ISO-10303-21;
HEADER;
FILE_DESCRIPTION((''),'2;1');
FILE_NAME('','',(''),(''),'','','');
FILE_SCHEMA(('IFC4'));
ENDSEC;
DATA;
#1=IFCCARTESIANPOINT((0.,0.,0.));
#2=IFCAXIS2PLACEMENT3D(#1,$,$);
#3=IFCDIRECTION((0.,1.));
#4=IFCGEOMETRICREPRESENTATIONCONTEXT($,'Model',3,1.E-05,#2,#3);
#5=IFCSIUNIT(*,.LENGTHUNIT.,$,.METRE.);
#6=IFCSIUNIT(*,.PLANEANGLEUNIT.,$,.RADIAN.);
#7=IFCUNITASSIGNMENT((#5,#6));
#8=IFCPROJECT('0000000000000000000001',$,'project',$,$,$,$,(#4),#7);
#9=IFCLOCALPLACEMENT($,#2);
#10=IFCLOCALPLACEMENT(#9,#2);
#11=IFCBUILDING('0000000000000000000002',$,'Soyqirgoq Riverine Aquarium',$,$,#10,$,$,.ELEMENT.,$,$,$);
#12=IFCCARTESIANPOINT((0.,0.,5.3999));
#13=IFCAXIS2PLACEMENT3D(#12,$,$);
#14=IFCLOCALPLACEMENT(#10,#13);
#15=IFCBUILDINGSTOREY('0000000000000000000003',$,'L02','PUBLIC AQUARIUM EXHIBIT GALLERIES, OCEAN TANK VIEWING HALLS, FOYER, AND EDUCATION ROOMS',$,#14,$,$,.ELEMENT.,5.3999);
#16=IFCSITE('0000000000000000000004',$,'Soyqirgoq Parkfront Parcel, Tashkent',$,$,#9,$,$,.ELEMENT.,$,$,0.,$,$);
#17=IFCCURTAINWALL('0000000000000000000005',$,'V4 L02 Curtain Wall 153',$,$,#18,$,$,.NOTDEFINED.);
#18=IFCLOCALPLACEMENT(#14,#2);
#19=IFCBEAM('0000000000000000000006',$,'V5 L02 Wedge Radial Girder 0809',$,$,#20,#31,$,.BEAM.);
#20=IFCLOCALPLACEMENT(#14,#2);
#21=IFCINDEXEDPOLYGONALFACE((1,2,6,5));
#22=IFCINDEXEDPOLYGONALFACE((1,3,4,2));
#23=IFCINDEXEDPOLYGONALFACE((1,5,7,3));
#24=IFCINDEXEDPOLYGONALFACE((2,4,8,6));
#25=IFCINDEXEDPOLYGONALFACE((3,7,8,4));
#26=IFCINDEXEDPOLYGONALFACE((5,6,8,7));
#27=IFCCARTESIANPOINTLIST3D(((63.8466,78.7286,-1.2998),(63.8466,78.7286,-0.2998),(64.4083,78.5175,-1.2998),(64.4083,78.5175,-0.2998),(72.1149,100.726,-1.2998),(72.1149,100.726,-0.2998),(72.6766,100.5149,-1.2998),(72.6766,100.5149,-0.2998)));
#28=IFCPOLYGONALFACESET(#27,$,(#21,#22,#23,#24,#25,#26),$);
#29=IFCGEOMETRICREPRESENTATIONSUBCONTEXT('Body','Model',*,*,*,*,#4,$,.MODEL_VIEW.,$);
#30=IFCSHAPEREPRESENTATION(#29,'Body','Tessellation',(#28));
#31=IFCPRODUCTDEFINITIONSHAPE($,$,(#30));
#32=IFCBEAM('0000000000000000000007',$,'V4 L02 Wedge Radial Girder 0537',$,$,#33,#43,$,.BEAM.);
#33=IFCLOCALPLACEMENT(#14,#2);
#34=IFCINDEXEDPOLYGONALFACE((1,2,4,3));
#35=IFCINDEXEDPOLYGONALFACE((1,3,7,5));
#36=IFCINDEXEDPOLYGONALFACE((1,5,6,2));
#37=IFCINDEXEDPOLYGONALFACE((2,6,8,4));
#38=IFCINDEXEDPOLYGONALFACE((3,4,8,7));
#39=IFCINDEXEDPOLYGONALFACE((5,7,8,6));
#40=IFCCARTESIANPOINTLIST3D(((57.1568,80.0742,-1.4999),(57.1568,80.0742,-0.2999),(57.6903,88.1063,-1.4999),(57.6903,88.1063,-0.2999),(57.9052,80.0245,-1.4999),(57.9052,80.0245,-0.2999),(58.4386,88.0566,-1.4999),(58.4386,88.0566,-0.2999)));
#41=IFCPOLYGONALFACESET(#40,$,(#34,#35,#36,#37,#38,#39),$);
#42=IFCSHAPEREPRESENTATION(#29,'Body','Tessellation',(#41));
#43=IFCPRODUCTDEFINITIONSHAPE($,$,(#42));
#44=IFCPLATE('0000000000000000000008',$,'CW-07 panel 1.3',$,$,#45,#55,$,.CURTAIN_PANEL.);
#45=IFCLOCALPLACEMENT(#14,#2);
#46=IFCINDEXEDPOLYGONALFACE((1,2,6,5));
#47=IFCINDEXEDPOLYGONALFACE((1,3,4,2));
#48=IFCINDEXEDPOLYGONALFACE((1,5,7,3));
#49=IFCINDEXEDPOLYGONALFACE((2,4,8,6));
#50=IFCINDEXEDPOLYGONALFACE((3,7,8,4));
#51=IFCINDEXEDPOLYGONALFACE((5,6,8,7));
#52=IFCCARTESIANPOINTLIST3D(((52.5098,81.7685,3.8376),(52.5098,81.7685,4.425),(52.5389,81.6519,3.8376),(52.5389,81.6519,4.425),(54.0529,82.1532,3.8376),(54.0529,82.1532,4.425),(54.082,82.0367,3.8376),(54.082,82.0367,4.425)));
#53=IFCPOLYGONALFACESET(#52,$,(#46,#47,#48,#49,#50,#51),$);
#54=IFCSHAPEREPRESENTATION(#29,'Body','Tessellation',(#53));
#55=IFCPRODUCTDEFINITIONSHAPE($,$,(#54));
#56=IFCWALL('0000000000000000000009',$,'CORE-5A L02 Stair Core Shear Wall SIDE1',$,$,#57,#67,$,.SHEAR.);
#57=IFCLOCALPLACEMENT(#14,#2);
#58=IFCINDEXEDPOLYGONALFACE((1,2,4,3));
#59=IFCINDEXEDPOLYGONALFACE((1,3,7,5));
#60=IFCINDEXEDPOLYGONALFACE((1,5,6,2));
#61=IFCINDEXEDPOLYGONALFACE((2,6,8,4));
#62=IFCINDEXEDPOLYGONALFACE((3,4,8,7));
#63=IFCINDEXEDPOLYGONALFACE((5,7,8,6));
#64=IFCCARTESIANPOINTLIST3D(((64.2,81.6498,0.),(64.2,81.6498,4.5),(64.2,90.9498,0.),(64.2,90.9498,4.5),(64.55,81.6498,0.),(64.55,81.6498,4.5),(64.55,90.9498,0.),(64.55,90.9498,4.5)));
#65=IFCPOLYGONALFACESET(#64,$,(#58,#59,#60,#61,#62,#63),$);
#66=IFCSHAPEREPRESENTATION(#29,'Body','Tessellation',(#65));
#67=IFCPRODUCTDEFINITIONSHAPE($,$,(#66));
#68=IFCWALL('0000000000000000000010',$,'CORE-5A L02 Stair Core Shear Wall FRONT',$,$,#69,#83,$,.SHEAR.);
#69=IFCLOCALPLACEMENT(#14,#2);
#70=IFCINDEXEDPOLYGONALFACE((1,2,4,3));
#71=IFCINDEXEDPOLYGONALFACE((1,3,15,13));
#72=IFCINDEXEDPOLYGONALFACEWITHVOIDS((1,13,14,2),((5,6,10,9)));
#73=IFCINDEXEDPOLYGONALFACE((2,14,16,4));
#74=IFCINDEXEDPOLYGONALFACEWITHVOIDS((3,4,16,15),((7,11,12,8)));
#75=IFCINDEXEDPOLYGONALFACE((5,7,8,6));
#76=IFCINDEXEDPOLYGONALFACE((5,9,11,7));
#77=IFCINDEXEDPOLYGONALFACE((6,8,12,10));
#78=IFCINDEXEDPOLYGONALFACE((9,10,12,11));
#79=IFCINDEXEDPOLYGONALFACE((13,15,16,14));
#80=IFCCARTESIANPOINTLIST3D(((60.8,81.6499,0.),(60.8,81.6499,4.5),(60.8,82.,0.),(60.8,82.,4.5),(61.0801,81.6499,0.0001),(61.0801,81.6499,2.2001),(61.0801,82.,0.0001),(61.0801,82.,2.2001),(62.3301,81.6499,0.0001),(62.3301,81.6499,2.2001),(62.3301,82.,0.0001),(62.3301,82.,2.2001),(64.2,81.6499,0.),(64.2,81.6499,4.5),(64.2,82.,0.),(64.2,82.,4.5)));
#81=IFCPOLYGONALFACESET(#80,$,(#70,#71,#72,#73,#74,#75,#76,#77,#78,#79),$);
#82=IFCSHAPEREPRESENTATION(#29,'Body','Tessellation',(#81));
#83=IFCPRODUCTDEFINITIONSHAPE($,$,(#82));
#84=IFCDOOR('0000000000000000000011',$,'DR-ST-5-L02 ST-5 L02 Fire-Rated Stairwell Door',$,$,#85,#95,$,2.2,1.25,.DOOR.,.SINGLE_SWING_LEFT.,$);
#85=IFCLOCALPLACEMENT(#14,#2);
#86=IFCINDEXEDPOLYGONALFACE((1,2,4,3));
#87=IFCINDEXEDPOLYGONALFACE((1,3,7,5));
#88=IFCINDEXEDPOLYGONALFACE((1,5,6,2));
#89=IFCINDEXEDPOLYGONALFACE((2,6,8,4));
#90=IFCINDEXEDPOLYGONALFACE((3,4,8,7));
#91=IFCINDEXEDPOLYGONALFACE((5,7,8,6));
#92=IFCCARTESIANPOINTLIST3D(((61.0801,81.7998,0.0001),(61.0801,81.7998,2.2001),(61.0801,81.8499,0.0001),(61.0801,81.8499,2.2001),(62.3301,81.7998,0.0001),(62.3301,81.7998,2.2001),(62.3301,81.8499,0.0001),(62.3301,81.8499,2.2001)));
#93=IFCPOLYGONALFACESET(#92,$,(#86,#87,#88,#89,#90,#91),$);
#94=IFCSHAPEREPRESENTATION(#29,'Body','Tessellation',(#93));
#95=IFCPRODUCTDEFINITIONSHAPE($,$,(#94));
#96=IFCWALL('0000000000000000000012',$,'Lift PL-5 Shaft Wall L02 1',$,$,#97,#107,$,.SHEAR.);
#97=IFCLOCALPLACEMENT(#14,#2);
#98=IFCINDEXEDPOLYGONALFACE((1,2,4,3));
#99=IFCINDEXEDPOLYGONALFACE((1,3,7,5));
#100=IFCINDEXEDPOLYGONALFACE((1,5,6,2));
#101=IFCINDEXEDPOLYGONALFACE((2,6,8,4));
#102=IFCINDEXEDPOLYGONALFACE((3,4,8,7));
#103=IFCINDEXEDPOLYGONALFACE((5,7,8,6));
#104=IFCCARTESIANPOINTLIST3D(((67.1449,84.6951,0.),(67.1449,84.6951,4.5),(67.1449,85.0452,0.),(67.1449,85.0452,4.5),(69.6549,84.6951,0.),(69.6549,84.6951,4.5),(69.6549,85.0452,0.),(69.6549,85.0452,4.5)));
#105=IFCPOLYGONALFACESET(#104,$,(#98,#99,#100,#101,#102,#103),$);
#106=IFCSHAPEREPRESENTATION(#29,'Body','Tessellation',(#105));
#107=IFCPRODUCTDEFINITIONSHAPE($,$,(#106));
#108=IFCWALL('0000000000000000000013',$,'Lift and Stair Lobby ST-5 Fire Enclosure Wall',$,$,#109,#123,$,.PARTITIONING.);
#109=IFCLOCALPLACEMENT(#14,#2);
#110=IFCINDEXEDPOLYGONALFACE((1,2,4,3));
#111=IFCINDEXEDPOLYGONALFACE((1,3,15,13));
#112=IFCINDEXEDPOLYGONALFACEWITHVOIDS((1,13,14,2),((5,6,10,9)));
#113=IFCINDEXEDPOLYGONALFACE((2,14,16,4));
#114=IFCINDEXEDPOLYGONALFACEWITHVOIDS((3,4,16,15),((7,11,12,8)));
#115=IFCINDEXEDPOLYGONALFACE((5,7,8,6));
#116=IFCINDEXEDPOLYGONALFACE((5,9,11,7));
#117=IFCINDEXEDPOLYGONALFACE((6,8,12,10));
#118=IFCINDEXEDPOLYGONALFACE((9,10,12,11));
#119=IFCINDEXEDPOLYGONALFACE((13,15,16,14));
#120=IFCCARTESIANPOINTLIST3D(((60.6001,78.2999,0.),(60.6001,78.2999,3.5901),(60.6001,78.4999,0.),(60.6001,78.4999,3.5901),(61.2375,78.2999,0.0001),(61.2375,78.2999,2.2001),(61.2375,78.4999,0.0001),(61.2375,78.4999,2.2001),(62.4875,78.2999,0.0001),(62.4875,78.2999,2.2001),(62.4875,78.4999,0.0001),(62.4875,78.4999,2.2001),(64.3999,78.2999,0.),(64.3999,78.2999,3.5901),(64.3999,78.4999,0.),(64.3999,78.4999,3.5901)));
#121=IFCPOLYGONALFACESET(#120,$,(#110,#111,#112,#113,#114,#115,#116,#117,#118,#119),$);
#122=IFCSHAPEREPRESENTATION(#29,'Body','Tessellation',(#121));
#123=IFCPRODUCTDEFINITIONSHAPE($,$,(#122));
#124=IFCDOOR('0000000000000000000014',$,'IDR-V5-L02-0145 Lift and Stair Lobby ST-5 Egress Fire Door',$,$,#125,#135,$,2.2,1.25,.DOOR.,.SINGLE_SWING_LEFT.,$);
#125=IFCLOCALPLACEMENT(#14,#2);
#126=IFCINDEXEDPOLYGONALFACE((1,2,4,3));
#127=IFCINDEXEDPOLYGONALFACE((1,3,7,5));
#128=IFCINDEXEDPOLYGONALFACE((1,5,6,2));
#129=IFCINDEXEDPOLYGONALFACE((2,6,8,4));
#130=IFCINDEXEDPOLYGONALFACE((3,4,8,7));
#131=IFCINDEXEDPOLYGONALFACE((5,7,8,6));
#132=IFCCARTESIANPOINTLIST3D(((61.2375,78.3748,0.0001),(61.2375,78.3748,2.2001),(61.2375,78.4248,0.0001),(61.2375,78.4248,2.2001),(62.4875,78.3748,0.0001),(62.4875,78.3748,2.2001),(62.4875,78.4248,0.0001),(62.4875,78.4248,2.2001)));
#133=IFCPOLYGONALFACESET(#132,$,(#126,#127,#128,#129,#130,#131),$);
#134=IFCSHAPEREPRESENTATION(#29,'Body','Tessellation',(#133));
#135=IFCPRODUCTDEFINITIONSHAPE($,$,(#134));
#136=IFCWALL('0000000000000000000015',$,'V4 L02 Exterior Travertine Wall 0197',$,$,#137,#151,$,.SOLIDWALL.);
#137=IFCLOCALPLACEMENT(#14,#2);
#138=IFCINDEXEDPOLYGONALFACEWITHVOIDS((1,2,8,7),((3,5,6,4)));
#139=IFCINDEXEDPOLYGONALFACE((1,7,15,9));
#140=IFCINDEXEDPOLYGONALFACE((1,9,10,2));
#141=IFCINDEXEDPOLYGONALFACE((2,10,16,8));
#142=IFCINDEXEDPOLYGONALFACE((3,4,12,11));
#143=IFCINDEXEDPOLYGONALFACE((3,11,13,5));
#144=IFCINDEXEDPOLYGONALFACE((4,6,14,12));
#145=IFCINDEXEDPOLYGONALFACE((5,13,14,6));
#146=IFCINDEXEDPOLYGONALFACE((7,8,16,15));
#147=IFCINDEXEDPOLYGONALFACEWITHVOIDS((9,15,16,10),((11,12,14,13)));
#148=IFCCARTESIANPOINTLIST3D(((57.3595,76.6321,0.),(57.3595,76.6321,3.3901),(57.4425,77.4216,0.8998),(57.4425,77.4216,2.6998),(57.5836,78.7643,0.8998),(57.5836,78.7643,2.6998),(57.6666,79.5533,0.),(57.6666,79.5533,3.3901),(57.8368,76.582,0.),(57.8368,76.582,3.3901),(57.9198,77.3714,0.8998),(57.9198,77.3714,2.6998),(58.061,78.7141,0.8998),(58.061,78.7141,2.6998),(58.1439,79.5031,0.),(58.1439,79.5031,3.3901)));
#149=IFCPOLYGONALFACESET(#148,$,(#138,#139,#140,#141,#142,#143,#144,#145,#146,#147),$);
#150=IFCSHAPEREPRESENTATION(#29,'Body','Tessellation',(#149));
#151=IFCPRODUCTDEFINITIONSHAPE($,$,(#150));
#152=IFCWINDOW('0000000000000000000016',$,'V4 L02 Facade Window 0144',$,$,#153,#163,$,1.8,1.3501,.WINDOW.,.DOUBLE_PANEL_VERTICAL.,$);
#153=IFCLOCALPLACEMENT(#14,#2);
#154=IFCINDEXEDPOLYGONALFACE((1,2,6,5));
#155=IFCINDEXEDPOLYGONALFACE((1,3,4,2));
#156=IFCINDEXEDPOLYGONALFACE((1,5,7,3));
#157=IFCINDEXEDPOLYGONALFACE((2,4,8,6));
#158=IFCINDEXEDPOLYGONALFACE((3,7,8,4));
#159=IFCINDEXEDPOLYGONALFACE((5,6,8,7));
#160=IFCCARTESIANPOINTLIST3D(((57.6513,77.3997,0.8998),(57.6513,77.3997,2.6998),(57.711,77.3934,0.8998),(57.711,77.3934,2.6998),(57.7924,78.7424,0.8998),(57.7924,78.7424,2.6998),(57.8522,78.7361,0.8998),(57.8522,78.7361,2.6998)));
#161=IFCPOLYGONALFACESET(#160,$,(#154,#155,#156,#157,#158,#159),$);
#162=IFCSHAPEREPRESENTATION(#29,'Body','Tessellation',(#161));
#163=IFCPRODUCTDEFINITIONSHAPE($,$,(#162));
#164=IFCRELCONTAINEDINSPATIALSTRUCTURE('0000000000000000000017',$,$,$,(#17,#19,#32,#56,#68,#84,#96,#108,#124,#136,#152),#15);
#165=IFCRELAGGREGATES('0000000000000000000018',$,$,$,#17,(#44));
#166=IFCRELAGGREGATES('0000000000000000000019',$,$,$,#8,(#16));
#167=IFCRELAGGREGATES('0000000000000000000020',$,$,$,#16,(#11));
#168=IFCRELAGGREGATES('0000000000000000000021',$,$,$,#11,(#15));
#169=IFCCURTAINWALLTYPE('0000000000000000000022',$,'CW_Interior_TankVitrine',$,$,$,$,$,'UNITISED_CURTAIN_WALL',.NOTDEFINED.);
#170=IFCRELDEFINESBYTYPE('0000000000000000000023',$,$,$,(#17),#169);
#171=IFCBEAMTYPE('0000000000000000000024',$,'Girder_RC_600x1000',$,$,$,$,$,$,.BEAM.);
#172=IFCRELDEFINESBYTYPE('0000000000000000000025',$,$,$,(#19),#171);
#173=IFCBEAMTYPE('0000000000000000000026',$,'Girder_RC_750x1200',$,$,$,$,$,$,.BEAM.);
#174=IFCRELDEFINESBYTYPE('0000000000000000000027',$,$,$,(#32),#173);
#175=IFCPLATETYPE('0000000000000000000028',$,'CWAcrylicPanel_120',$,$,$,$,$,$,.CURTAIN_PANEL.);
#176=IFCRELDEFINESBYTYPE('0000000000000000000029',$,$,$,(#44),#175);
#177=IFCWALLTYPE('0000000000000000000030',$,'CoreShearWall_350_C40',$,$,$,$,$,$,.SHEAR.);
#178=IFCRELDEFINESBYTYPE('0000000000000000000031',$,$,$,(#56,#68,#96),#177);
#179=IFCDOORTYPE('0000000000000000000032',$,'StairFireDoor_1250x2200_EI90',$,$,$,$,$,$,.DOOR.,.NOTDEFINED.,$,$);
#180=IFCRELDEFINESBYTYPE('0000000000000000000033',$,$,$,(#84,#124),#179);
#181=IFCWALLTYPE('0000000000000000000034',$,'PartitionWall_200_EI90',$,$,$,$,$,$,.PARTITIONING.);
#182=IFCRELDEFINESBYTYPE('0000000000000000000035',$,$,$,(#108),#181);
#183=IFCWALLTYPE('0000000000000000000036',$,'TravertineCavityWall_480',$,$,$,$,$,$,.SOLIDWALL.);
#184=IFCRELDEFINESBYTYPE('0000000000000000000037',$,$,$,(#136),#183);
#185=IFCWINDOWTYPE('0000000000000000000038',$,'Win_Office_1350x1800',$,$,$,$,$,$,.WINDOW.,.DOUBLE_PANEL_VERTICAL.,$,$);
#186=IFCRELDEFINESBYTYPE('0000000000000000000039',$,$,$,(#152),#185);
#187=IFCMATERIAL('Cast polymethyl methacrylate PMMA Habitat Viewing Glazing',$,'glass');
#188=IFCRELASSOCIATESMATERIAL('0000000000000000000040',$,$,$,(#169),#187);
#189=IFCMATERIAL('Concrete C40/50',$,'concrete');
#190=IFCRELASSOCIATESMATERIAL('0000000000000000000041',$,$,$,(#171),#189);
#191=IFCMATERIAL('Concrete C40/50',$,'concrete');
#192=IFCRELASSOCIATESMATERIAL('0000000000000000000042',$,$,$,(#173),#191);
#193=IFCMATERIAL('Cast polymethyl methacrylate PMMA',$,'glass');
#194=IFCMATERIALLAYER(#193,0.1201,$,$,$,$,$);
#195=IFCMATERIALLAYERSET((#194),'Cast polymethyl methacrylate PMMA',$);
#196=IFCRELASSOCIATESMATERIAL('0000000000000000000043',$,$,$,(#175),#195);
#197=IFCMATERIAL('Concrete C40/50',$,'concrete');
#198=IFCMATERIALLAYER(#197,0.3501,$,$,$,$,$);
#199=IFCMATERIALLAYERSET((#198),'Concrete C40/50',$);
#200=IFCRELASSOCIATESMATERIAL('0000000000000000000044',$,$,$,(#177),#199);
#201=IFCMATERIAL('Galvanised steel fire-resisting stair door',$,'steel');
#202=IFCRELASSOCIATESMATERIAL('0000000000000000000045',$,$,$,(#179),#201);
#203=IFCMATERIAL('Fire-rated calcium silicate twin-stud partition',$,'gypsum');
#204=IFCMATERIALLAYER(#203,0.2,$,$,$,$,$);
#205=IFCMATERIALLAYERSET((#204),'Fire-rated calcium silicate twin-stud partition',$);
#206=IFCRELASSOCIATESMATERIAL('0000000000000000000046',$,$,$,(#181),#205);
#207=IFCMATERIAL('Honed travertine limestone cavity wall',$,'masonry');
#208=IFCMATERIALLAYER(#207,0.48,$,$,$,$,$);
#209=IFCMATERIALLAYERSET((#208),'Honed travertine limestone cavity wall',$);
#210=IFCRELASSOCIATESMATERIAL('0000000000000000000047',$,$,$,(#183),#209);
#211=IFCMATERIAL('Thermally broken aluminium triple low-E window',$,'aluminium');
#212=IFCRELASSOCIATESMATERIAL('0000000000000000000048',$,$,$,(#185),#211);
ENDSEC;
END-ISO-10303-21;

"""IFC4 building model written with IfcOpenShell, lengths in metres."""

from ifc_helpers import new_model, si_unit, direction, frame, frame_2d, origin, origin_2d, place, context, subcontext, project, spatial, rectangle, extrude, material, layer, layer_set, material_profile, profile_set, type_object, element, fill, aggregate, save


model = new_model("IFC4")

# Units and contexts
model_context = context("Model", 3, precision=1e-05, world=origin(), true_north=direction((0.0, 1.0)))
body_context = subcontext(model_context, "Body", "Model", "MODEL_VIEW")
ifc_project = project(units=[si_unit("LENGTHUNIT", "METRE"), si_unit("PLANEANGLEUNIT", "RADIAN")], contexts=[model_context])

# Site, building, storey
site_placement = place(None, origin())
site = spatial("IfcSite", under=ifc_project, at=site_placement, Name="Soyqirgoq Parkfront Parcel, Tashkent", CompositionType="ELEMENT", RefElevation=0.0)
building_placement = place(site_placement, origin())
building = spatial("IfcBuilding", under=site, at=building_placement, Name="Soyqirgoq Riverine Aquarium", CompositionType="ELEMENT")
storey_placement = place(building_placement, frame((0.0, 0.0, 5.3999)))
storey = spatial("IfcBuildingStorey", under=building, at=storey_placement, Name="L02", Description="PUBLIC AQUARIUM EXHIBIT GALLERIES, OCEAN TANK VIEWING HALLS, FOYER, AND EDUCATION ROOMS", CompositionType="ELEMENT", Elevation=5.3999)

# Curtain wall
ifc_material_1 = material(Name="Cast polymethyl methacrylate PMMA Habitat Viewing Glazing", Category="glass")
curtain_wall_type = type_object("IfcCurtainWallType", Name="CW_Interior_TankVitrine", ElementType="UNITISED_CURTAIN_WALL", PredefinedType="NOTDEFINED", material=ifc_material_1)
curtain_wall_1_placement = place(storey_placement, origin())
curtain_wall_1 = element("IfcCurtainWall", 1, at=curtain_wall_1_placement, inside=storey, type_object=curtain_wall_type, Name="V4 L02 Curtain Wall 153", PredefinedType="NOTDEFINED")

# Beams
ifc_material_2 = material(Name="Concrete C40/50", Category="concrete")
ifc_material_profile_1 = material_profile(ifc_material_2, rectangle(XDim=0.6001, YDim=1.0, at=origin_2d()), Name="RC 600x1000")
ifc_profile_set_1 = profile_set([ifc_material_profile_1], Name="Concrete C40/50")
beam_type_1 = type_object("IfcBeamType", Name="Girder_RC_600x1000", PredefinedType="BEAM", material=ifc_profile_set_1)
beam_1_placement = place(storey_placement, frame((64.1274, 78.623, -0.7998), z_axis=(0.351844, 0.936059, 0.0), x_axis=(-0.936059, 0.351844, 0.0)))
element("IfcBeam", 2, at=beam_1_placement, inside=storey, type_object=beam_type_1, Name="V5 L02 Wedge Radial Girder 0809", PredefinedType="BEAM", context=body_context, shape_type="SweptSolid", body=[
    extrude(rectangle(XDim=0.6001, YDim=1.0, at=origin_2d()), origin(), (0.0, 0.0, 1.0), 23.5),
])
ifc_material_3 = material(Name="Concrete C40/50", Category="concrete")
ifc_material_profile_2 = material_profile(ifc_material_3, rectangle(XDim=0.75, YDim=1.2, at=origin_2d()), Name="RC 750x1200")
ifc_profile_set_2 = profile_set([ifc_material_profile_2], Name="Concrete C40/50")
beam_type_2 = type_object("IfcBeamType", Name="Girder_RC_750x1200", PredefinedType="BEAM", material=ifc_profile_set_2)
beam_2_placement = place(storey_placement, frame((57.531, 80.0493, -0.8999), z_axis=(0.066267, 0.997802, 0.0), x_axis=(-0.997802, 0.066267, 0.0)))
element("IfcBeam", 3, at=beam_2_placement, inside=storey, type_object=beam_type_2, Name="V4 L02 Wedge Radial Girder 0537", PredefinedType="BEAM", context=body_context, shape_type="SweptSolid", body=[
    extrude(rectangle(XDim=0.75, YDim=1.2, at=origin_2d()), origin(), (0.0, 0.0, 1.0), 8.0498),
])

# Plate
ifc_material_4 = material(Name="Cast polymethyl methacrylate PMMA", Category="glass")
ifc_layer_1 = layer(ifc_material_4, 0.1201)
ifc_layer_set_1 = layer_set([ifc_layer_1], Name="Cast polymethyl methacrylate PMMA")
plate_type = type_object("IfcPlateType", Name="CWAcrylicPanel_120", PredefinedType="CURTAIN_PANEL", material=ifc_layer_set_1)
plate_placement = place(storey_placement, frame((53.2959, 81.9026, 3.8376), z_axis=(0.0, 0.0, 1.0), x_axis=(-0.970296, -0.241922, 0.0)))
plate = element("IfcPlate", 4, at=plate_placement, type_object=plate_type, Name="CW-07 panel 1.3", PredefinedType="CURTAIN_PANEL", context=body_context, shape_type="SweptSolid", body=[
    extrude(rectangle(XDim=1.5903, YDim=0.1201, at=origin_2d()), origin(), (0.0, 0.0, 1.0), 0.5874),
])
aggregate(curtain_wall_1, [plate])

# Wall
ifc_material_5 = material(Name="Concrete C40/50", Category="concrete")
ifc_layer_2 = layer(ifc_material_5, 0.3501)
ifc_layer_set_2 = layer_set([ifc_layer_2], Name="Concrete C40/50")
wall_type_1 = type_object("IfcWallType", Name="CoreShearWall_350_C40", PredefinedType="SHEAR", material=ifc_layer_set_2)
wall_1_placement = place(storey_placement, frame((64.375, 81.6499, 0.0), z_axis=(0.0, 0.0, 1.0), x_axis=(0.0, 1.0, 0.0)))
element("IfcWall", 5, at=wall_1_placement, inside=storey, type_object=wall_type_1, Name="CORE-5A L02 Stair Core Shear Wall SIDE1", PredefinedType="SHEAR", context=body_context, shape_type="SweptSolid", body=[
    extrude(rectangle(XDim=9.3, YDim=0.3501, at=frame_2d((4.6499, 0.0))), origin(), (0.0, 0.0, 1.0), 4.5),
])

# Wall, opening, door
wall_2_placement = place(storey_placement, frame((60.8, 81.825, 0.0), z_axis=(0.0, 0.0, 1.0), x_axis=(1.0, 0.0, 0.0)))
wall_2 = element("IfcWall", 6, at=wall_2_placement, inside=storey, type_object=wall_type_1, Name="CORE-5A L02 Stair Core Shear Wall FRONT", PredefinedType="SHEAR", context=body_context, shape_type="SweptSolid", body=[
    extrude(rectangle(XDim=3.3999, YDim=0.3501, at=frame_2d((1.7, 0.0))), origin(), (0.0, 0.0, 1.0), 4.5),
])
opening_1_placement = place(wall_2_placement, frame((0.28, 0.0, 0.0)))
opening_1 = element("IfcOpeningElement", 7, at=opening_1_placement, cuts=wall_2, PredefinedType="OPENING", context=body_context, shape_type="SweptSolid", body=[
    extrude(rectangle(XDim=1.25, YDim=2.2, at=frame_2d((0.625, 1.1001))), frame((0.0, 0.1851, 0.0), z_axis=(0.0, -1.0, 0.0), x_axis=(1.0, 0.0, 0.0)), (0.0, 0.0, 1.0), 0.3701),
])
ifc_material_6 = material(Name="Galvanised steel fire-resisting stair door", Category="steel")
door_type = type_object("IfcDoorType", Name="StairFireDoor_1250x2200_EI90", OperationType="NOTDEFINED", PredefinedType="DOOR", material=ifc_material_6)
door_1_placement = place(opening_1_placement, origin())
door_1 = element("IfcDoor", 8, at=door_1_placement, inside=storey, type_object=door_type, Name="DR-ST-5-L02 ST-5 L02 Fire-Rated Stairwell Door", OperationType="SINGLE_SWING_LEFT", OverallHeight=2.2, OverallWidth=1.25, PredefinedType="DOOR", context=body_context, shape_type="SweptSolid", body=[
    extrude(rectangle(XDim=1.25, YDim=2.2, at=frame_2d((0.625, 1.1001))), frame((0.0, 0.0249, 0.0), z_axis=(0.0, -1.0, 0.0), x_axis=(1.0, 0.0, 0.0)), (0.0, 0.0, 1.0), 0.05),
])
fill(opening_1, door_1)

# Wall
wall_3_placement = place(storey_placement, frame((67.145, 84.8701, 0.0), z_axis=(0.0, 0.0, 1.0), x_axis=(1.0, 0.0, 0.0)))
element("IfcWall", 9, at=wall_3_placement, inside=storey, type_object=wall_type_1, Name="Lift PL-5 Shaft Wall L02 1", PredefinedType="SHEAR", context=body_context, shape_type="SweptSolid", body=[
    extrude(rectangle(XDim=2.51, YDim=0.3501, at=frame_2d((1.2549, 0.0))), origin(), (0.0, 0.0, 1.0), 4.5),
])

# Wall, opening, door
ifc_material_7 = material(Name="Fire-rated calcium silicate twin-stud partition", Category="gypsum")
ifc_layer_3 = layer(ifc_material_7, 0.2)
ifc_layer_set_3 = layer_set([ifc_layer_3], Name="Fire-rated calcium silicate twin-stud partition")
wall_type_2 = type_object("IfcWallType", Name="PartitionWall_200_EI90", PredefinedType="PARTITIONING", material=ifc_layer_set_3)
wall_4_placement = place(storey_placement, frame((60.6001, 78.3999, 0.0), z_axis=(0.0, 0.0, 1.0), x_axis=(1.0, 0.0, 0.0)))
wall_4 = element("IfcWall", 10, at=wall_4_placement, inside=storey, type_object=wall_type_2, Name="Lift and Stair Lobby ST-5 Fire Enclosure Wall", PredefinedType="PARTITIONING", context=body_context, shape_type="SweptSolid", body=[
    extrude(rectangle(XDim=3.7998, YDim=0.2, at=frame_2d((1.8999, 0.0))), origin(), (0.0, 0.0, 1.0), 3.5901),
])
opening_2_placement = place(wall_4_placement, frame((0.6375, 0.0, 0.0)))
opening_2 = element("IfcOpeningElement", 11, at=opening_2_placement, cuts=wall_4, PredefinedType="OPENING", context=body_context, shape_type="SweptSolid", body=[
    extrude(rectangle(XDim=1.25, YDim=2.2, at=frame_2d((0.625, 1.1001))), frame((0.0, 0.1099, 0.0), z_axis=(0.0, -1.0, 0.0), x_axis=(1.0, 0.0, 0.0)), (0.0, 0.0, 1.0), 0.22),
])
door_2_placement = place(opening_2_placement, origin())
door_2 = element("IfcDoor", 12, at=door_2_placement, inside=storey, type_object=door_type, Name="IDR-V5-L02-0145 Lift and Stair Lobby ST-5 Egress Fire Door", OperationType="SINGLE_SWING_LEFT", OverallHeight=2.2, OverallWidth=1.25, PredefinedType="DOOR", context=body_context, shape_type="SweptSolid", body=[
    extrude(rectangle(XDim=1.25, YDim=2.2, at=frame_2d((0.625, 1.1001))), frame((0.0, 0.0249, 0.0), z_axis=(0.0, -1.0, 0.0), x_axis=(1.0, 0.0, 0.0)), (0.0, 0.0, 1.0), 0.05),
])
fill(opening_2, door_2)

# Wall, opening, window
ifc_material_8 = material(Name="Honed travertine limestone cavity wall", Category="masonry")
ifc_layer_4 = layer(ifc_material_8, 0.48)
ifc_layer_set_4 = layer_set([ifc_layer_4], Name="Honed travertine limestone cavity wall")
wall_type_3 = type_object("IfcWallType", Name="TravertineCavityWall_480", PredefinedType="SOLIDWALL", material=ifc_layer_set_4)
wall_5_placement = place(storey_placement, frame((57.9053, 79.5283, 0.0), z_axis=(0.0, 0.0, 1.0), x_axis=(-0.104564, -0.994518, 0.0)))
wall_5 = element("IfcWall", 13, at=wall_5_placement, inside=storey, type_object=wall_type_3, Name="V4 L02 Exterior Travertine Wall 0197", PredefinedType="SOLIDWALL", context=body_context, shape_type="SweptSolid", body=[
    extrude(rectangle(XDim=2.9373, YDim=0.48, at=frame_2d((1.4688, 0.0))), origin(), (0.0, 0.0, 1.0), 3.3901),
])
opening_3_placement = place(wall_5_placement, frame((0.7935, 0.0, 0.8999)))
opening_3 = element("IfcOpeningElement", 14, at=opening_3_placement, cuts=wall_5, PredefinedType="OPENING", context=body_context, shape_type="SweptSolid", body=[
    extrude(rectangle(XDim=1.3501, YDim=1.8, at=frame_2d((0.675, 0.8999))), frame((0.0, 0.25, 0.0), z_axis=(0.0, -1.0, 0.0), x_axis=(1.0, 0.0, 0.0)), (0.0, 0.0, 1.0), 0.5),
])
ifc_material_9 = material(Name="Thermally broken aluminium triple low-E window", Category="aluminium")
window_type = type_object("IfcWindowType", Name="Win_Office_1350x1800", PartitioningType="DOUBLE_PANEL_VERTICAL", PredefinedType="WINDOW", material=ifc_material_9)
window_placement = place(opening_3_placement, origin())
window = element("IfcWindow", 15, at=window_placement, inside=storey, type_object=window_type, Name="V4 L02 Facade Window 0144", OverallHeight=1.8, OverallWidth=1.3501, PartitioningType="DOUBLE_PANEL_VERTICAL", PredefinedType="WINDOW", context=body_context, shape_type="SweptSolid", body=[
    extrude(rectangle(XDim=1.3501, YDim=1.8, at=frame_2d((0.675, 0.8999))), frame((0.0, 0.03, 0.0), z_axis=(0.0, -1.0, 0.0), x_axis=(1.0, 0.0, 0.0)), (0.0, 0.0, 1.0), 0.0601),
])
fill(opening_3, window)

save(model, "model.ifc")
